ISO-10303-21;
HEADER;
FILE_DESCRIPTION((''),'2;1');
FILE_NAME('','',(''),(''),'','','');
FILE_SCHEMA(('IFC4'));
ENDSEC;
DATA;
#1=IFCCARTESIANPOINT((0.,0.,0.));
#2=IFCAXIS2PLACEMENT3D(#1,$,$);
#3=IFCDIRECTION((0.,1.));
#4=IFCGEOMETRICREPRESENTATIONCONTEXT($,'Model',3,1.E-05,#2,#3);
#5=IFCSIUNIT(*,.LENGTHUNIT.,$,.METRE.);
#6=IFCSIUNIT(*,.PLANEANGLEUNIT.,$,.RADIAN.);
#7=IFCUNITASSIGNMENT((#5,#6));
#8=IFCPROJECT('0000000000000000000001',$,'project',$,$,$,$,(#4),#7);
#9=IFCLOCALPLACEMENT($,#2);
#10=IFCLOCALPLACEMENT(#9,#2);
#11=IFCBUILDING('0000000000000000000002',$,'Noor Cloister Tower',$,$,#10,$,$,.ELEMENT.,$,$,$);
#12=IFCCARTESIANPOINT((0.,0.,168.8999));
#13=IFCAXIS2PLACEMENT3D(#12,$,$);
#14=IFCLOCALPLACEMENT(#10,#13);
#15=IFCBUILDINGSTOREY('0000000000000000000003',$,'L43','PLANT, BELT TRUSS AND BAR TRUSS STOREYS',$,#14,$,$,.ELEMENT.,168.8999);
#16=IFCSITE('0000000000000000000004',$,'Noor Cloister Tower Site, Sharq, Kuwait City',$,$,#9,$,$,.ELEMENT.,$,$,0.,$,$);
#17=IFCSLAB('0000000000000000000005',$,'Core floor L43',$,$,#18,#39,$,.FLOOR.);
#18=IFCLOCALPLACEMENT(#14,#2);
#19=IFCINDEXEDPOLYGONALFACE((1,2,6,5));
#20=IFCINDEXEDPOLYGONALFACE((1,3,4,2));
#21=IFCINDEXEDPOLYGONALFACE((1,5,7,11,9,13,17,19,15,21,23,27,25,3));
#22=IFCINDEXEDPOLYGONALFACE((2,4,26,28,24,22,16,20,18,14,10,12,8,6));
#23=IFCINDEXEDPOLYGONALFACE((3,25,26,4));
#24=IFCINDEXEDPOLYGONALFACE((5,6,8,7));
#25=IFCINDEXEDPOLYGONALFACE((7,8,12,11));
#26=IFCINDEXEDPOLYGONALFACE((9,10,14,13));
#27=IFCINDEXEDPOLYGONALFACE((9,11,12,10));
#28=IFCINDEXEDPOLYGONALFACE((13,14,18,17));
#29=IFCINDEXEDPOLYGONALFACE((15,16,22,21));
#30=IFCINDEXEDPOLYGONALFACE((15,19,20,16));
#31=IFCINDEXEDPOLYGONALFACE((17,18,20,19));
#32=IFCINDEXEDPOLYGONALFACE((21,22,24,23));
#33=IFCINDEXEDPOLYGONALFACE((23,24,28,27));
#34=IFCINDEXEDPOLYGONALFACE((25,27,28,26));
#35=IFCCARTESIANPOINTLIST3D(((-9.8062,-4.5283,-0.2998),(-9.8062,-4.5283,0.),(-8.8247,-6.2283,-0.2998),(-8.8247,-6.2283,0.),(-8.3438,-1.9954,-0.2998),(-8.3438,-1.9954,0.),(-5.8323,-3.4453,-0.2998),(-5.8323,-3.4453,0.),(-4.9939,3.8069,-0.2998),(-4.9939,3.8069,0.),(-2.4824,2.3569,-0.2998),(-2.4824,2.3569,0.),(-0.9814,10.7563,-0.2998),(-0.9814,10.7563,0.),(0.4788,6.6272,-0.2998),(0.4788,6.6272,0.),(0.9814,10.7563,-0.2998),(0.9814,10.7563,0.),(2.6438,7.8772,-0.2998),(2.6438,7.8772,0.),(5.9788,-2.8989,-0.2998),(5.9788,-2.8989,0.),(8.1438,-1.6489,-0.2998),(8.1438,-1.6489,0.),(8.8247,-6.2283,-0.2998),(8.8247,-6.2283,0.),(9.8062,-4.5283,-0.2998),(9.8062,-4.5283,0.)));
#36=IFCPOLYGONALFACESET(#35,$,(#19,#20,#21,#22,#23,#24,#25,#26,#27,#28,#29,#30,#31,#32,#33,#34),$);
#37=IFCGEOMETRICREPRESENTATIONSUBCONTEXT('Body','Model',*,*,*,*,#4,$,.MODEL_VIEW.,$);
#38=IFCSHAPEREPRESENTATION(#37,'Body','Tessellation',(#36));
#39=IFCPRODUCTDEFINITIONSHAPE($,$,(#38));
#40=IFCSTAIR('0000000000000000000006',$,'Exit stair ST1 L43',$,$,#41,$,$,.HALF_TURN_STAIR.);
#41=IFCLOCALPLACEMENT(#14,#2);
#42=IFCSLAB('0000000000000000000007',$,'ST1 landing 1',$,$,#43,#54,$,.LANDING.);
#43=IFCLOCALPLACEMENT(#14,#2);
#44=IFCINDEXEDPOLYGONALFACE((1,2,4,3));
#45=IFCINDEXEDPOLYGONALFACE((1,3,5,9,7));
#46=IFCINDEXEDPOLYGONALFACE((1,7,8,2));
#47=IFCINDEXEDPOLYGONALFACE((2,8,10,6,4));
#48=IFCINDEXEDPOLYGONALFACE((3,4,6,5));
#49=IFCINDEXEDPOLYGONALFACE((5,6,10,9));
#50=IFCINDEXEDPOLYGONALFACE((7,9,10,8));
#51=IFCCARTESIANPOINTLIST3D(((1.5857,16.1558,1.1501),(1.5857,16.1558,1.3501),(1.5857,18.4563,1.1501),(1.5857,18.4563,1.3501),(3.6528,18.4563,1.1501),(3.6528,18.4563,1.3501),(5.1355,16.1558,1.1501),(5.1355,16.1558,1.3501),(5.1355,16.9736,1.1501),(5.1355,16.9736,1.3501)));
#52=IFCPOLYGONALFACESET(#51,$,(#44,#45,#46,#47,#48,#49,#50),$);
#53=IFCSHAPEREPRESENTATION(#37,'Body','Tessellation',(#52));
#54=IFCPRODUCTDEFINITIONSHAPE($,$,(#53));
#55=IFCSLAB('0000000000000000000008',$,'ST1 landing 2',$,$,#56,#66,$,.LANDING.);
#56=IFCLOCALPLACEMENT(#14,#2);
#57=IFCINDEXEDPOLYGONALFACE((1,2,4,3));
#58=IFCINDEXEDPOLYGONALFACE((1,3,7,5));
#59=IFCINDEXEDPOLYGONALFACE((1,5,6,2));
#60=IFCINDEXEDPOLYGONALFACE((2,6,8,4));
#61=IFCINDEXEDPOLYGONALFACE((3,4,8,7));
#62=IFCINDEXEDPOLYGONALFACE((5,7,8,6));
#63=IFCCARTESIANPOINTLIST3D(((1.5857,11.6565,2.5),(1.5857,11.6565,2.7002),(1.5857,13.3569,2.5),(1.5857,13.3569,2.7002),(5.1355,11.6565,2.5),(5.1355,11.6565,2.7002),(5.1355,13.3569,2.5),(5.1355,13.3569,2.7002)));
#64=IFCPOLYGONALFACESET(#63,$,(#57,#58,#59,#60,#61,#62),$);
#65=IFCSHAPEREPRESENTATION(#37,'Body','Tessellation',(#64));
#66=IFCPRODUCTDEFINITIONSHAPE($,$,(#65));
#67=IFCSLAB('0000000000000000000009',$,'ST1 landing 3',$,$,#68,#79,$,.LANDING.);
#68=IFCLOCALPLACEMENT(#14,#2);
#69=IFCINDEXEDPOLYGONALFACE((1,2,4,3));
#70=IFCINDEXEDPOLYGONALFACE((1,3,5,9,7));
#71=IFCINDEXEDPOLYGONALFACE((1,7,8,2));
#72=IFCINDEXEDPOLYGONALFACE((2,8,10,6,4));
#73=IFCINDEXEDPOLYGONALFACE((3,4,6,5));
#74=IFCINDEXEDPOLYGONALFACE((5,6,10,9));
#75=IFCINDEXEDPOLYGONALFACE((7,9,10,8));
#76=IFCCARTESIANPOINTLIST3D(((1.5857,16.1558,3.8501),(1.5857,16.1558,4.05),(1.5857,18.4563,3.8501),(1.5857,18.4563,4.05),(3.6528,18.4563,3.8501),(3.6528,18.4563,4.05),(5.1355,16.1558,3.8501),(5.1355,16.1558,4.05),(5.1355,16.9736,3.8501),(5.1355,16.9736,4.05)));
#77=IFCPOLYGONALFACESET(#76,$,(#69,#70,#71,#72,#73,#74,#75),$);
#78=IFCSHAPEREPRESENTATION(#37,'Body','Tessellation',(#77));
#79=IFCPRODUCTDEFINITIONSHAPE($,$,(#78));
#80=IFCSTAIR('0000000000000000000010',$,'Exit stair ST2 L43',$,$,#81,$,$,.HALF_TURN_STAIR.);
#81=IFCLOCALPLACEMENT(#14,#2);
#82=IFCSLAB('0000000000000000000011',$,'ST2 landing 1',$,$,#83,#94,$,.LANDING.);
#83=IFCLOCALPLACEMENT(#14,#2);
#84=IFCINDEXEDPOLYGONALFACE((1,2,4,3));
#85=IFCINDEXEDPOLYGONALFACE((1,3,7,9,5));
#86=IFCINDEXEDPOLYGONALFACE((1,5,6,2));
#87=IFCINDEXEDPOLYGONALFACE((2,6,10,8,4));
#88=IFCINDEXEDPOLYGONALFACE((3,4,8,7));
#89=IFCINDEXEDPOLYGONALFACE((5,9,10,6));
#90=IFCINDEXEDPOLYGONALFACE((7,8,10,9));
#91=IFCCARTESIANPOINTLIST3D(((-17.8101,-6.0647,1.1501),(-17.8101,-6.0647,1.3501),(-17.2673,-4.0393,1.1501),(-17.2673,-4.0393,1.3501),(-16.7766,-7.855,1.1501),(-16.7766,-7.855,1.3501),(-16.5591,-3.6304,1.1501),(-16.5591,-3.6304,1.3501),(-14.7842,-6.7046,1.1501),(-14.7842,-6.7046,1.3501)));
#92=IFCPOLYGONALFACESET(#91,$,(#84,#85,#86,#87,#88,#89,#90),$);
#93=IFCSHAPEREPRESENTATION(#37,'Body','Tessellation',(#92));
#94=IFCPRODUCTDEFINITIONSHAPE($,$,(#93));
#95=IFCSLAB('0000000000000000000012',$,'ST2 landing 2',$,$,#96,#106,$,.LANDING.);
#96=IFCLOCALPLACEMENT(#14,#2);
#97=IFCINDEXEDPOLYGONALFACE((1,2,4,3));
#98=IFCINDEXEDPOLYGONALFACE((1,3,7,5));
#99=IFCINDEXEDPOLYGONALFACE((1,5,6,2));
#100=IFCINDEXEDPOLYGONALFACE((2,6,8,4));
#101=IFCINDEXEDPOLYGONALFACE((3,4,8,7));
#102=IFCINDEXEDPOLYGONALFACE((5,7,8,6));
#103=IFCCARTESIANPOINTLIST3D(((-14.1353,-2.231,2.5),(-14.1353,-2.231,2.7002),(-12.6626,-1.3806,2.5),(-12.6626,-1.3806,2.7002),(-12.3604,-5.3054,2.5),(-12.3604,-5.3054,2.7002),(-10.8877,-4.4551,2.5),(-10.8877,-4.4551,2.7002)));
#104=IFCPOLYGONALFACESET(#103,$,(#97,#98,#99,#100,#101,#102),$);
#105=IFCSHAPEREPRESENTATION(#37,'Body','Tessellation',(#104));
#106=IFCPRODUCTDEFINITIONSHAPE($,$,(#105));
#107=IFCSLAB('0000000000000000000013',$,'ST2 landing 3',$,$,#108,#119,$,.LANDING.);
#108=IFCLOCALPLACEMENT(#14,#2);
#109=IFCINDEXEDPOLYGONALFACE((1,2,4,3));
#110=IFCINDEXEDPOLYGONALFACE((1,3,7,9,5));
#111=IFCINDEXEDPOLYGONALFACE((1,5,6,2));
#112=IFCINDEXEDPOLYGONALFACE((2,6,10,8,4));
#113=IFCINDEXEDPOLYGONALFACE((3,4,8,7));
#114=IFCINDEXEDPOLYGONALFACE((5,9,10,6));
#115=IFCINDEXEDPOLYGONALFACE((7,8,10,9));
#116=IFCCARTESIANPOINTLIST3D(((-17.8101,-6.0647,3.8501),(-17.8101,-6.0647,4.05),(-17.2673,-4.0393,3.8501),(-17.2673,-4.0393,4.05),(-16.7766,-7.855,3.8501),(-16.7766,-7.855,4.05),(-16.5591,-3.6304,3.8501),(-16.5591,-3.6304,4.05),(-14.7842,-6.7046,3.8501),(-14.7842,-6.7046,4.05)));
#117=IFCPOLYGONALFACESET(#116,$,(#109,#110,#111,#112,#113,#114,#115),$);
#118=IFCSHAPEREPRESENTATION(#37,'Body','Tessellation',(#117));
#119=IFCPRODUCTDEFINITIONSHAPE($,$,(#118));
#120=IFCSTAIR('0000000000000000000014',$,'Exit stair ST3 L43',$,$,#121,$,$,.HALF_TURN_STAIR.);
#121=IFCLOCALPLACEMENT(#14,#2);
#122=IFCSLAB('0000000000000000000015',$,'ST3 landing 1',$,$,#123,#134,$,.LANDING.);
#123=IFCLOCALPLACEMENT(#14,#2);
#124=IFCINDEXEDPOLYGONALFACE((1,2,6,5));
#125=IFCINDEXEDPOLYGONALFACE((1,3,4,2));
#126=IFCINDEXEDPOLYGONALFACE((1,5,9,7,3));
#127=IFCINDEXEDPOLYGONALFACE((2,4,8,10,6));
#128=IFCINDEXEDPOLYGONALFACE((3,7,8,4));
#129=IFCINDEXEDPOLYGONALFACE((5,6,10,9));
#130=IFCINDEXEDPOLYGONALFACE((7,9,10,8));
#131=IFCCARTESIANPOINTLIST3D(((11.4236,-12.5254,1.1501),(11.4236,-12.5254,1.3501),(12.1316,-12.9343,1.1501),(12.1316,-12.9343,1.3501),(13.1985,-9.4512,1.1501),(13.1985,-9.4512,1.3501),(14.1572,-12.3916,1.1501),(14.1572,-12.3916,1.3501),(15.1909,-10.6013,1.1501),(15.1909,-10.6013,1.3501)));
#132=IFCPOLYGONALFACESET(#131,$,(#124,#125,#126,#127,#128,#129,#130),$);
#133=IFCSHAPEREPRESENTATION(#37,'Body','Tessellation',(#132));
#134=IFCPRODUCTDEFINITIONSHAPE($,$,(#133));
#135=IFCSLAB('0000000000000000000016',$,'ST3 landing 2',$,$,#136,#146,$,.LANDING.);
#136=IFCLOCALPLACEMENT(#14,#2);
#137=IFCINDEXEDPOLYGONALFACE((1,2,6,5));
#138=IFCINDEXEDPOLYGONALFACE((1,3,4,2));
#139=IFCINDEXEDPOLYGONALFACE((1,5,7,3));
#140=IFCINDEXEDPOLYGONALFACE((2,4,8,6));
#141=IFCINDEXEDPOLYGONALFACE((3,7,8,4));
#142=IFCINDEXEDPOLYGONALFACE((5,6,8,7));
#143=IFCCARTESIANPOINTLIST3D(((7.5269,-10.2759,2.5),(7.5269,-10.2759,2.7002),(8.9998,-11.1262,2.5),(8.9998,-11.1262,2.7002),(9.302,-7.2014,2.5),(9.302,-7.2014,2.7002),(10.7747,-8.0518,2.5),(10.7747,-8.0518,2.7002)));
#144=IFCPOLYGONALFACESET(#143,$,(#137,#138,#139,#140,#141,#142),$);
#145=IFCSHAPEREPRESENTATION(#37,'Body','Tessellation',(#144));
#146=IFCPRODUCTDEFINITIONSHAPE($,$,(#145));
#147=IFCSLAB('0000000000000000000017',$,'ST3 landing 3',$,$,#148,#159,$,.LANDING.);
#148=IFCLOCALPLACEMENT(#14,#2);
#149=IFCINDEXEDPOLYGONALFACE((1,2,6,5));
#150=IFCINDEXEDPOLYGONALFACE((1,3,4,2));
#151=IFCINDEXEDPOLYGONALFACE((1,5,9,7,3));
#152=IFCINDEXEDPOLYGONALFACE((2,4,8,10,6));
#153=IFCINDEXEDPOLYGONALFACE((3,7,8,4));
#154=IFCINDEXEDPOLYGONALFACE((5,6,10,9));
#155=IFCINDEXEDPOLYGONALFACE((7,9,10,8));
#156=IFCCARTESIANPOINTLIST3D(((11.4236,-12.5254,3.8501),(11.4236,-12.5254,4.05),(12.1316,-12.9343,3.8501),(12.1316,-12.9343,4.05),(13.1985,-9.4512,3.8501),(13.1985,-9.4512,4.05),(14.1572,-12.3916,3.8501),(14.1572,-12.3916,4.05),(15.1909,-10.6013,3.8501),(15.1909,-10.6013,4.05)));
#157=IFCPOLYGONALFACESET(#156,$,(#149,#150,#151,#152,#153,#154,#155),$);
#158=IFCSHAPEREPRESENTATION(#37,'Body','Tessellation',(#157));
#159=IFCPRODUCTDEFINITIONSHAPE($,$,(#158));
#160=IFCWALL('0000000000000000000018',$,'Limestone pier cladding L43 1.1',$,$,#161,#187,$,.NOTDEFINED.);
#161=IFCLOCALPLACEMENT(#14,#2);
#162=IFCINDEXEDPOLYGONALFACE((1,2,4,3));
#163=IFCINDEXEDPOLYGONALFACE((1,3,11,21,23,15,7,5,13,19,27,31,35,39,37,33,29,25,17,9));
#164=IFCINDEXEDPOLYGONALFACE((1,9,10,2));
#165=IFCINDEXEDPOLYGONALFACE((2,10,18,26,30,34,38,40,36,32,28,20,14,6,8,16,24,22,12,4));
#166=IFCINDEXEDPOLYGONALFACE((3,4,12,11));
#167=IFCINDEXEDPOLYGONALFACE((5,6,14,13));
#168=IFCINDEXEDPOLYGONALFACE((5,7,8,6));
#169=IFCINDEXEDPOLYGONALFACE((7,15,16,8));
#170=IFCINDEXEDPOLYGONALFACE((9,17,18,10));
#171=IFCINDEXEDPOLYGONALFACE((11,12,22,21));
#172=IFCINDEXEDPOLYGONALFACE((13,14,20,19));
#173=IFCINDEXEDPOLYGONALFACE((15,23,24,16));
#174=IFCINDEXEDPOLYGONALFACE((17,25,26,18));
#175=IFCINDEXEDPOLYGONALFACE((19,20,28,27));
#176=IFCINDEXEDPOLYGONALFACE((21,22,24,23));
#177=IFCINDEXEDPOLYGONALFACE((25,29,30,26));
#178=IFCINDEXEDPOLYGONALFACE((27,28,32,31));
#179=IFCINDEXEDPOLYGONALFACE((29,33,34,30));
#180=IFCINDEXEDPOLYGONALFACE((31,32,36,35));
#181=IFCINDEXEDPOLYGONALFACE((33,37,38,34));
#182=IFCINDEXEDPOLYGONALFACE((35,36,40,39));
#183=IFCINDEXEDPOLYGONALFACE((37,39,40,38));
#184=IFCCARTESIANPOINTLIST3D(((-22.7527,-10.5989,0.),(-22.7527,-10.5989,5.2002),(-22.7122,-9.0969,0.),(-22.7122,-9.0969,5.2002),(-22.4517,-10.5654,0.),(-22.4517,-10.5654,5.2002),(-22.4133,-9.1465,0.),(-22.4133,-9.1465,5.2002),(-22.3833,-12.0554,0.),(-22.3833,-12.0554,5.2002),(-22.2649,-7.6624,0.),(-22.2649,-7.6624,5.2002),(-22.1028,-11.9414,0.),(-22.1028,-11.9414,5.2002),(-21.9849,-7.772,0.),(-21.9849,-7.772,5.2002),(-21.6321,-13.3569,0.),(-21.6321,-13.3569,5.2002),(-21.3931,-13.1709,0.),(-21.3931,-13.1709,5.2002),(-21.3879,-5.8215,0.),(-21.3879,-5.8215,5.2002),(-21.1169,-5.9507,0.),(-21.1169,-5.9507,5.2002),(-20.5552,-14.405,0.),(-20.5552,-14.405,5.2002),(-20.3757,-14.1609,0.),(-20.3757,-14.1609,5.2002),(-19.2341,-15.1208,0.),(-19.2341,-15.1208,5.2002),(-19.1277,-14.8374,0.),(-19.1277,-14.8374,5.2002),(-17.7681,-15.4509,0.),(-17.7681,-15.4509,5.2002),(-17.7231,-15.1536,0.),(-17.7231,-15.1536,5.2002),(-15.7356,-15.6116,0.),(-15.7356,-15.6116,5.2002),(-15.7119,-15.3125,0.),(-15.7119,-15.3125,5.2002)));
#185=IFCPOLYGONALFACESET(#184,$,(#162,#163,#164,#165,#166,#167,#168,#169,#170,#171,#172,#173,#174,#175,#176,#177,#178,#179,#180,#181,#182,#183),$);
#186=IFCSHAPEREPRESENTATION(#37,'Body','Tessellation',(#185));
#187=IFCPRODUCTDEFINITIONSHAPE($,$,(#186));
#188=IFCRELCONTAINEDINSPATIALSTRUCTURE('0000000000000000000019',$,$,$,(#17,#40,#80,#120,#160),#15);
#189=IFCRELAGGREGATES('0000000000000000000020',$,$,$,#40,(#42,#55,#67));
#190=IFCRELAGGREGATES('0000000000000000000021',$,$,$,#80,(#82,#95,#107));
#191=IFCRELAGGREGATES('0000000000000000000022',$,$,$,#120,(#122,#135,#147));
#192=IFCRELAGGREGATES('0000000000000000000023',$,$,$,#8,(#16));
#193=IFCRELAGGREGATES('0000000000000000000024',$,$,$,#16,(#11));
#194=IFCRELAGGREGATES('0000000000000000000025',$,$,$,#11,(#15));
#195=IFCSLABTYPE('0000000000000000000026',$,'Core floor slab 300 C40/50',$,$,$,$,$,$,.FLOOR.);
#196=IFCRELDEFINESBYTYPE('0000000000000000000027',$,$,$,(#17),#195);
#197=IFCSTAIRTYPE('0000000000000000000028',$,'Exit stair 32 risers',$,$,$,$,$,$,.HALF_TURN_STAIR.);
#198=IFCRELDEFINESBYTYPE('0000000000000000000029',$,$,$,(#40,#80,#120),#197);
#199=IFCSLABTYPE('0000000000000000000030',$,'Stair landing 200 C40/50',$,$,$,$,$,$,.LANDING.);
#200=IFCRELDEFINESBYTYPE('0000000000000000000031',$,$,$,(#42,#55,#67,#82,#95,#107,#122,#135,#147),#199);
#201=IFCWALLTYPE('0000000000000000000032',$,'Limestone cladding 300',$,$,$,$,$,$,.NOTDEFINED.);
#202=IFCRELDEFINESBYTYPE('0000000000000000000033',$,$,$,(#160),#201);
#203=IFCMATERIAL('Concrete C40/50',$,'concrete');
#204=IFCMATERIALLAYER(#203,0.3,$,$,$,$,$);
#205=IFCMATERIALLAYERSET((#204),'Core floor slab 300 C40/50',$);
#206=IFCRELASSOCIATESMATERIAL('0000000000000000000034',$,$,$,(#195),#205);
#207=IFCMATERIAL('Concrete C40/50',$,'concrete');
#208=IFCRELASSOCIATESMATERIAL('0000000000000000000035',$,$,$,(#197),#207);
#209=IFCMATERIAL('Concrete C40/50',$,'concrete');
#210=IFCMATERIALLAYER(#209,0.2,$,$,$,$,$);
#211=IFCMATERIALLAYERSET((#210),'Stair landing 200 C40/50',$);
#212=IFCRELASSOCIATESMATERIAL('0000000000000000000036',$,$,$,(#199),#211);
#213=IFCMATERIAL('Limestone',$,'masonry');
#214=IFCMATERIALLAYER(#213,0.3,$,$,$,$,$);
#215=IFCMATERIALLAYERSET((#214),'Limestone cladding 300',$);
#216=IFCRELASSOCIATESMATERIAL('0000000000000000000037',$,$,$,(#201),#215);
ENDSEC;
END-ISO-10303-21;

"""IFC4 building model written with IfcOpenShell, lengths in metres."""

from ifc_helpers import new_model, si_unit, direction, frame, origin, place, context, subcontext, project, spatial, polyline, outline, extrude, material, layer, layer_set, type_object, element, aggregate, save


model = new_model("IFC4")

# Units and contexts
model_context = context("Model", 3, precision=1e-05, world=origin(), true_north=direction((0.0, 1.0)))
body_context = subcontext(model_context, "Body", "Model", "MODEL_VIEW")
ifc_project = project(units=[si_unit("LENGTHUNIT", "METRE"), si_unit("PLANEANGLEUNIT", "RADIAN")], contexts=[model_context])

# Site, building, storey
site_placement = place(None, origin())
site = spatial("IfcSite", under=ifc_project, at=site_placement, Name="Noor Cloister Tower Site, Sharq, Kuwait City", CompositionType="ELEMENT", RefElevation=0.0)
building_placement = place(site_placement, origin())
building = spatial("IfcBuilding", under=site, at=building_placement, Name="Noor Cloister Tower", CompositionType="ELEMENT")
storey_placement = place(building_placement, frame((0.0, 0.0, 168.8999)))
storey = spatial("IfcBuildingStorey", under=building, at=storey_placement, Name="L43", Description="PLANT, BELT TRUSS AND BAR TRUSS STOREYS", CompositionType="ELEMENT", Elevation=168.8999)

# Slab
ifc_material_1 = material(Name="Concrete C40/50", Category="concrete")
ifc_layer_1 = layer(ifc_material_1, 0.3)
ifc_layer_set_1 = layer_set([ifc_layer_1], Name="Core floor slab 300 C40/50")
slab_type_1 = type_object("IfcSlabType", Name="Core floor slab 300 C40/50", PredefinedType="FLOOR", material=ifc_layer_set_1)
slab_1_placement = place(storey_placement, frame((0.0, 0.0, -0.2998)))
element("IfcSlab", 1, at=slab_1_placement, inside=storey, type_object=slab_type_1, Name="Core floor L43", PredefinedType="FLOOR", context=body_context, shape_type="SweptSolid", body=[
    extrude(outline(polyline([(2.6438, 7.8772), (0.9814, 10.7563), (-0.9814, 10.7563), (-4.9939, 3.8069), (-2.4824, 2.3569), (-5.8323, -3.4453), (-8.3438, -1.9954), (-9.8062, -4.5283), (-8.8247, -6.2283), (8.8247, -6.2283), (9.8062, -4.5283), (8.1438, -1.6489), (5.9788, -2.8989), (0.4788, 6.6272), (2.6438, 7.8772)])), origin(), (0.0, 0.0, 1.0), 0.2998),
])

# Stairs, slabs
ifc_material_2 = material(Name="Concrete C40/50", Category="concrete")
stair_type = type_object("IfcStairType", Name="Exit stair 32 risers", PredefinedType="HALF_TURN_STAIR", material=ifc_material_2)
stair_1_placement = place(storey_placement, origin())
stair_1 = element("IfcStair", 2, at=stair_1_placement, inside=storey, type_object=stair_type, Name="Exit stair ST1 L43", PredefinedType="HALF_TURN_STAIR")
ifc_material_3 = material(Name="Concrete C40/50", Category="concrete")
ifc_layer_2 = layer(ifc_material_3, 0.2)
ifc_layer_set_2 = layer_set([ifc_layer_2], Name="Stair landing 200 C40/50")
slab_type_2 = type_object("IfcSlabType", Name="Stair landing 200 C40/50", PredefinedType="LANDING", material=ifc_layer_set_2)
slab_2_placement = place(storey_placement, frame((0.0, 0.0, 1.1501)))
slab_2 = element("IfcSlab", 3, at=slab_2_placement, type_object=slab_type_2, Name="ST1 landing 1", PredefinedType="LANDING", context=body_context, shape_type="SweptSolid", body=[
    extrude(outline(polyline([(5.1355, 16.1558), (5.1355, 16.9736), (3.6528, 18.4563), (1.5857, 18.4563), (1.5857, 16.1558), (5.1355, 16.1558)])), origin(), (0.0, 0.0, 1.0), 0.2),
])
slab_3_placement = place(storey_placement, frame((0.0, 0.0, 2.5)))
slab_3 = element("IfcSlab", 4, at=slab_3_placement, type_object=slab_type_2, Name="ST1 landing 2", PredefinedType="LANDING", context=body_context, shape_type="SweptSolid", body=[
    extrude(outline(polyline([(1.5857, 13.3569), (1.5857, 11.6565), (5.1355, 11.6565), (5.1355, 13.3569), (1.5857, 13.3569)])), origin(), (0.0, 0.0, 1.0), 0.2002),
])
slab_4_placement = place(storey_placement, frame((0.0, 0.0, 3.8501)))
slab_4 = element("IfcSlab", 5, at=slab_4_placement, type_object=slab_type_2, Name="ST1 landing 3", PredefinedType="LANDING", context=body_context, shape_type="SweptSolid", body=[
    extrude(outline(polyline([(5.1355, 16.1558), (5.1355, 16.9736), (3.6528, 18.4563), (1.5857, 18.4563), (1.5857, 16.1558), (5.1355, 16.1558)])), origin(), (0.0, 0.0, 1.0), 0.2),
])
aggregate(stair_1, [slab_2, slab_3, slab_4])
stair_2_placement = place(storey_placement, origin())
stair_2 = element("IfcStair", 6, at=stair_2_placement, inside=storey, type_object=stair_type, Name="Exit stair ST2 L43", PredefinedType="HALF_TURN_STAIR")
slab_5_placement = place(storey_placement, frame((0.0, 0.0, 1.1501)))
slab_5 = element("IfcSlab", 7, at=slab_5_placement, type_object=slab_type_2, Name="ST2 landing 1", PredefinedType="LANDING", context=body_context, shape_type="SweptSolid", body=[
    extrude(outline(polyline([(-16.5591, -3.6304), (-17.2673, -4.0393), (-17.8101, -6.0647), (-16.7766, -7.855), (-14.7842, -6.7046), (-16.5591, -3.6304)])), origin(), (0.0, 0.0, 1.0), 0.2),
])
slab_6_placement = place(storey_placement, frame((0.0, 0.0, 2.5)))
slab_6 = element("IfcSlab", 8, at=slab_6_placement, type_object=slab_type_2, Name="ST2 landing 2", PredefinedType="LANDING", context=body_context, shape_type="SweptSolid", body=[
    extrude(outline(polyline([(-12.3604, -5.3054), (-10.8877, -4.4551), (-12.6626, -1.3806), (-14.1353, -2.231), (-12.3604, -5.3054)])), origin(), (0.0, 0.0, 1.0), 0.2002),
])
slab_7_placement = place(storey_placement, frame((0.0, 0.0, 3.8501)))
slab_7 = element("IfcSlab", 9, at=slab_7_placement, type_object=slab_type_2, Name="ST2 landing 3", PredefinedType="LANDING", context=body_context, shape_type="SweptSolid", body=[
    extrude(outline(polyline([(-16.5591, -3.6304), (-17.2673, -4.0393), (-17.8101, -6.0647), (-16.7766, -7.855), (-14.7842, -6.7046), (-16.5591, -3.6304)])), origin(), (0.0, 0.0, 1.0), 0.2),
])
aggregate(stair_2, [slab_5, slab_6, slab_7])
stair_3_placement = place(storey_placement, origin())
stair_3 = element("IfcStair", 10, at=stair_3_placement, inside=storey, type_object=stair_type, Name="Exit stair ST3 L43", PredefinedType="HALF_TURN_STAIR")
slab_8_placement = place(storey_placement, frame((0.0, 0.0, 1.1501)))
slab_8 = element("IfcSlab", 11, at=slab_8_placement, type_object=slab_type_2, Name="ST3 landing 1", PredefinedType="LANDING", context=body_context, shape_type="SweptSolid", body=[
    extrude(outline(polyline([(11.4236, -12.5254), (12.1316, -12.9343), (14.1572, -12.3916), (15.1909, -10.6013), (13.1985, -9.4512), (11.4236, -12.5254)])), origin(), (0.0, 0.0, 1.0), 0.2),
])
slab_9_placement = place(storey_placement, frame((0.0, 0.0, 2.5)))
slab_9 = element("IfcSlab", 12, at=slab_9_placement, type_object=slab_type_2, Name="ST3 landing 2", PredefinedType="LANDING", context=body_context, shape_type="SweptSolid", body=[
    extrude(outline(polyline([(10.7747, -8.0518), (9.302, -7.2014), (7.5269, -10.2759), (8.9998, -11.1262), (10.7747, -8.0518)])), origin(), (0.0, 0.0, 1.0), 0.2002),
])
slab_10_placement = place(storey_placement, frame((0.0, 0.0, 3.8501)))
slab_10 = element("IfcSlab", 13, at=slab_10_placement, type_object=slab_type_2, Name="ST3 landing 3", PredefinedType="LANDING", context=body_context, shape_type="SweptSolid", body=[
    extrude(outline(polyline([(11.4236, -12.5254), (12.1316, -12.9343), (14.1572, -12.3916), (15.1909, -10.6013), (13.1985, -9.4512), (11.4236, -12.5254)])), origin(), (0.0, 0.0, 1.0), 0.2),
])
aggregate(stair_3, [slab_8, slab_9, slab_10])

# Wall
ifc_material_4 = material(Name="Limestone", Category="masonry")
ifc_layer_3 = layer(ifc_material_4, 0.3)
ifc_layer_set_3 = layer_set([ifc_layer_3], Name="Limestone cladding 300")
wall_type_1 = type_object("IfcWallType", Name="Limestone cladding 300", PredefinedType="NOTDEFINED", material=ifc_layer_set_3)
wall_1_placement = place(storey_placement, origin())
element("IfcWall", 14, at=wall_1_placement, inside=storey, type_object=wall_type_1, Name="Limestone pier cladding L43 1.1", PredefinedType="NOTDEFINED", context=body_context, shape_type="SweptSolid", body=[
    extrude(outline(polyline([(-21.3879, -5.8215), (-22.2649, -7.6624), (-22.7122, -9.0969), (-22.7527, -10.5989), (-22.3833, -12.0554), (-21.6321, -13.3569), (-20.5552, -14.405), (-19.2341, -15.1208), (-17.7681, -15.4509), (-15.7356, -15.6116), (-15.7119, -15.3125), (-17.7231, -15.1536), (-19.1277, -14.8374), (-20.3757, -14.1609), (-21.3931, -13.1709), (-22.1028, -11.9414), (-22.4517, -10.5654), (-22.4133, -9.1465), (-21.9849, -7.772), (-21.1169, -5.9507), (-21.3879, -5.8215)])), origin(), (0.0, 0.0, 1.0), 5.2002),
])

save(model, "model.ifc")
